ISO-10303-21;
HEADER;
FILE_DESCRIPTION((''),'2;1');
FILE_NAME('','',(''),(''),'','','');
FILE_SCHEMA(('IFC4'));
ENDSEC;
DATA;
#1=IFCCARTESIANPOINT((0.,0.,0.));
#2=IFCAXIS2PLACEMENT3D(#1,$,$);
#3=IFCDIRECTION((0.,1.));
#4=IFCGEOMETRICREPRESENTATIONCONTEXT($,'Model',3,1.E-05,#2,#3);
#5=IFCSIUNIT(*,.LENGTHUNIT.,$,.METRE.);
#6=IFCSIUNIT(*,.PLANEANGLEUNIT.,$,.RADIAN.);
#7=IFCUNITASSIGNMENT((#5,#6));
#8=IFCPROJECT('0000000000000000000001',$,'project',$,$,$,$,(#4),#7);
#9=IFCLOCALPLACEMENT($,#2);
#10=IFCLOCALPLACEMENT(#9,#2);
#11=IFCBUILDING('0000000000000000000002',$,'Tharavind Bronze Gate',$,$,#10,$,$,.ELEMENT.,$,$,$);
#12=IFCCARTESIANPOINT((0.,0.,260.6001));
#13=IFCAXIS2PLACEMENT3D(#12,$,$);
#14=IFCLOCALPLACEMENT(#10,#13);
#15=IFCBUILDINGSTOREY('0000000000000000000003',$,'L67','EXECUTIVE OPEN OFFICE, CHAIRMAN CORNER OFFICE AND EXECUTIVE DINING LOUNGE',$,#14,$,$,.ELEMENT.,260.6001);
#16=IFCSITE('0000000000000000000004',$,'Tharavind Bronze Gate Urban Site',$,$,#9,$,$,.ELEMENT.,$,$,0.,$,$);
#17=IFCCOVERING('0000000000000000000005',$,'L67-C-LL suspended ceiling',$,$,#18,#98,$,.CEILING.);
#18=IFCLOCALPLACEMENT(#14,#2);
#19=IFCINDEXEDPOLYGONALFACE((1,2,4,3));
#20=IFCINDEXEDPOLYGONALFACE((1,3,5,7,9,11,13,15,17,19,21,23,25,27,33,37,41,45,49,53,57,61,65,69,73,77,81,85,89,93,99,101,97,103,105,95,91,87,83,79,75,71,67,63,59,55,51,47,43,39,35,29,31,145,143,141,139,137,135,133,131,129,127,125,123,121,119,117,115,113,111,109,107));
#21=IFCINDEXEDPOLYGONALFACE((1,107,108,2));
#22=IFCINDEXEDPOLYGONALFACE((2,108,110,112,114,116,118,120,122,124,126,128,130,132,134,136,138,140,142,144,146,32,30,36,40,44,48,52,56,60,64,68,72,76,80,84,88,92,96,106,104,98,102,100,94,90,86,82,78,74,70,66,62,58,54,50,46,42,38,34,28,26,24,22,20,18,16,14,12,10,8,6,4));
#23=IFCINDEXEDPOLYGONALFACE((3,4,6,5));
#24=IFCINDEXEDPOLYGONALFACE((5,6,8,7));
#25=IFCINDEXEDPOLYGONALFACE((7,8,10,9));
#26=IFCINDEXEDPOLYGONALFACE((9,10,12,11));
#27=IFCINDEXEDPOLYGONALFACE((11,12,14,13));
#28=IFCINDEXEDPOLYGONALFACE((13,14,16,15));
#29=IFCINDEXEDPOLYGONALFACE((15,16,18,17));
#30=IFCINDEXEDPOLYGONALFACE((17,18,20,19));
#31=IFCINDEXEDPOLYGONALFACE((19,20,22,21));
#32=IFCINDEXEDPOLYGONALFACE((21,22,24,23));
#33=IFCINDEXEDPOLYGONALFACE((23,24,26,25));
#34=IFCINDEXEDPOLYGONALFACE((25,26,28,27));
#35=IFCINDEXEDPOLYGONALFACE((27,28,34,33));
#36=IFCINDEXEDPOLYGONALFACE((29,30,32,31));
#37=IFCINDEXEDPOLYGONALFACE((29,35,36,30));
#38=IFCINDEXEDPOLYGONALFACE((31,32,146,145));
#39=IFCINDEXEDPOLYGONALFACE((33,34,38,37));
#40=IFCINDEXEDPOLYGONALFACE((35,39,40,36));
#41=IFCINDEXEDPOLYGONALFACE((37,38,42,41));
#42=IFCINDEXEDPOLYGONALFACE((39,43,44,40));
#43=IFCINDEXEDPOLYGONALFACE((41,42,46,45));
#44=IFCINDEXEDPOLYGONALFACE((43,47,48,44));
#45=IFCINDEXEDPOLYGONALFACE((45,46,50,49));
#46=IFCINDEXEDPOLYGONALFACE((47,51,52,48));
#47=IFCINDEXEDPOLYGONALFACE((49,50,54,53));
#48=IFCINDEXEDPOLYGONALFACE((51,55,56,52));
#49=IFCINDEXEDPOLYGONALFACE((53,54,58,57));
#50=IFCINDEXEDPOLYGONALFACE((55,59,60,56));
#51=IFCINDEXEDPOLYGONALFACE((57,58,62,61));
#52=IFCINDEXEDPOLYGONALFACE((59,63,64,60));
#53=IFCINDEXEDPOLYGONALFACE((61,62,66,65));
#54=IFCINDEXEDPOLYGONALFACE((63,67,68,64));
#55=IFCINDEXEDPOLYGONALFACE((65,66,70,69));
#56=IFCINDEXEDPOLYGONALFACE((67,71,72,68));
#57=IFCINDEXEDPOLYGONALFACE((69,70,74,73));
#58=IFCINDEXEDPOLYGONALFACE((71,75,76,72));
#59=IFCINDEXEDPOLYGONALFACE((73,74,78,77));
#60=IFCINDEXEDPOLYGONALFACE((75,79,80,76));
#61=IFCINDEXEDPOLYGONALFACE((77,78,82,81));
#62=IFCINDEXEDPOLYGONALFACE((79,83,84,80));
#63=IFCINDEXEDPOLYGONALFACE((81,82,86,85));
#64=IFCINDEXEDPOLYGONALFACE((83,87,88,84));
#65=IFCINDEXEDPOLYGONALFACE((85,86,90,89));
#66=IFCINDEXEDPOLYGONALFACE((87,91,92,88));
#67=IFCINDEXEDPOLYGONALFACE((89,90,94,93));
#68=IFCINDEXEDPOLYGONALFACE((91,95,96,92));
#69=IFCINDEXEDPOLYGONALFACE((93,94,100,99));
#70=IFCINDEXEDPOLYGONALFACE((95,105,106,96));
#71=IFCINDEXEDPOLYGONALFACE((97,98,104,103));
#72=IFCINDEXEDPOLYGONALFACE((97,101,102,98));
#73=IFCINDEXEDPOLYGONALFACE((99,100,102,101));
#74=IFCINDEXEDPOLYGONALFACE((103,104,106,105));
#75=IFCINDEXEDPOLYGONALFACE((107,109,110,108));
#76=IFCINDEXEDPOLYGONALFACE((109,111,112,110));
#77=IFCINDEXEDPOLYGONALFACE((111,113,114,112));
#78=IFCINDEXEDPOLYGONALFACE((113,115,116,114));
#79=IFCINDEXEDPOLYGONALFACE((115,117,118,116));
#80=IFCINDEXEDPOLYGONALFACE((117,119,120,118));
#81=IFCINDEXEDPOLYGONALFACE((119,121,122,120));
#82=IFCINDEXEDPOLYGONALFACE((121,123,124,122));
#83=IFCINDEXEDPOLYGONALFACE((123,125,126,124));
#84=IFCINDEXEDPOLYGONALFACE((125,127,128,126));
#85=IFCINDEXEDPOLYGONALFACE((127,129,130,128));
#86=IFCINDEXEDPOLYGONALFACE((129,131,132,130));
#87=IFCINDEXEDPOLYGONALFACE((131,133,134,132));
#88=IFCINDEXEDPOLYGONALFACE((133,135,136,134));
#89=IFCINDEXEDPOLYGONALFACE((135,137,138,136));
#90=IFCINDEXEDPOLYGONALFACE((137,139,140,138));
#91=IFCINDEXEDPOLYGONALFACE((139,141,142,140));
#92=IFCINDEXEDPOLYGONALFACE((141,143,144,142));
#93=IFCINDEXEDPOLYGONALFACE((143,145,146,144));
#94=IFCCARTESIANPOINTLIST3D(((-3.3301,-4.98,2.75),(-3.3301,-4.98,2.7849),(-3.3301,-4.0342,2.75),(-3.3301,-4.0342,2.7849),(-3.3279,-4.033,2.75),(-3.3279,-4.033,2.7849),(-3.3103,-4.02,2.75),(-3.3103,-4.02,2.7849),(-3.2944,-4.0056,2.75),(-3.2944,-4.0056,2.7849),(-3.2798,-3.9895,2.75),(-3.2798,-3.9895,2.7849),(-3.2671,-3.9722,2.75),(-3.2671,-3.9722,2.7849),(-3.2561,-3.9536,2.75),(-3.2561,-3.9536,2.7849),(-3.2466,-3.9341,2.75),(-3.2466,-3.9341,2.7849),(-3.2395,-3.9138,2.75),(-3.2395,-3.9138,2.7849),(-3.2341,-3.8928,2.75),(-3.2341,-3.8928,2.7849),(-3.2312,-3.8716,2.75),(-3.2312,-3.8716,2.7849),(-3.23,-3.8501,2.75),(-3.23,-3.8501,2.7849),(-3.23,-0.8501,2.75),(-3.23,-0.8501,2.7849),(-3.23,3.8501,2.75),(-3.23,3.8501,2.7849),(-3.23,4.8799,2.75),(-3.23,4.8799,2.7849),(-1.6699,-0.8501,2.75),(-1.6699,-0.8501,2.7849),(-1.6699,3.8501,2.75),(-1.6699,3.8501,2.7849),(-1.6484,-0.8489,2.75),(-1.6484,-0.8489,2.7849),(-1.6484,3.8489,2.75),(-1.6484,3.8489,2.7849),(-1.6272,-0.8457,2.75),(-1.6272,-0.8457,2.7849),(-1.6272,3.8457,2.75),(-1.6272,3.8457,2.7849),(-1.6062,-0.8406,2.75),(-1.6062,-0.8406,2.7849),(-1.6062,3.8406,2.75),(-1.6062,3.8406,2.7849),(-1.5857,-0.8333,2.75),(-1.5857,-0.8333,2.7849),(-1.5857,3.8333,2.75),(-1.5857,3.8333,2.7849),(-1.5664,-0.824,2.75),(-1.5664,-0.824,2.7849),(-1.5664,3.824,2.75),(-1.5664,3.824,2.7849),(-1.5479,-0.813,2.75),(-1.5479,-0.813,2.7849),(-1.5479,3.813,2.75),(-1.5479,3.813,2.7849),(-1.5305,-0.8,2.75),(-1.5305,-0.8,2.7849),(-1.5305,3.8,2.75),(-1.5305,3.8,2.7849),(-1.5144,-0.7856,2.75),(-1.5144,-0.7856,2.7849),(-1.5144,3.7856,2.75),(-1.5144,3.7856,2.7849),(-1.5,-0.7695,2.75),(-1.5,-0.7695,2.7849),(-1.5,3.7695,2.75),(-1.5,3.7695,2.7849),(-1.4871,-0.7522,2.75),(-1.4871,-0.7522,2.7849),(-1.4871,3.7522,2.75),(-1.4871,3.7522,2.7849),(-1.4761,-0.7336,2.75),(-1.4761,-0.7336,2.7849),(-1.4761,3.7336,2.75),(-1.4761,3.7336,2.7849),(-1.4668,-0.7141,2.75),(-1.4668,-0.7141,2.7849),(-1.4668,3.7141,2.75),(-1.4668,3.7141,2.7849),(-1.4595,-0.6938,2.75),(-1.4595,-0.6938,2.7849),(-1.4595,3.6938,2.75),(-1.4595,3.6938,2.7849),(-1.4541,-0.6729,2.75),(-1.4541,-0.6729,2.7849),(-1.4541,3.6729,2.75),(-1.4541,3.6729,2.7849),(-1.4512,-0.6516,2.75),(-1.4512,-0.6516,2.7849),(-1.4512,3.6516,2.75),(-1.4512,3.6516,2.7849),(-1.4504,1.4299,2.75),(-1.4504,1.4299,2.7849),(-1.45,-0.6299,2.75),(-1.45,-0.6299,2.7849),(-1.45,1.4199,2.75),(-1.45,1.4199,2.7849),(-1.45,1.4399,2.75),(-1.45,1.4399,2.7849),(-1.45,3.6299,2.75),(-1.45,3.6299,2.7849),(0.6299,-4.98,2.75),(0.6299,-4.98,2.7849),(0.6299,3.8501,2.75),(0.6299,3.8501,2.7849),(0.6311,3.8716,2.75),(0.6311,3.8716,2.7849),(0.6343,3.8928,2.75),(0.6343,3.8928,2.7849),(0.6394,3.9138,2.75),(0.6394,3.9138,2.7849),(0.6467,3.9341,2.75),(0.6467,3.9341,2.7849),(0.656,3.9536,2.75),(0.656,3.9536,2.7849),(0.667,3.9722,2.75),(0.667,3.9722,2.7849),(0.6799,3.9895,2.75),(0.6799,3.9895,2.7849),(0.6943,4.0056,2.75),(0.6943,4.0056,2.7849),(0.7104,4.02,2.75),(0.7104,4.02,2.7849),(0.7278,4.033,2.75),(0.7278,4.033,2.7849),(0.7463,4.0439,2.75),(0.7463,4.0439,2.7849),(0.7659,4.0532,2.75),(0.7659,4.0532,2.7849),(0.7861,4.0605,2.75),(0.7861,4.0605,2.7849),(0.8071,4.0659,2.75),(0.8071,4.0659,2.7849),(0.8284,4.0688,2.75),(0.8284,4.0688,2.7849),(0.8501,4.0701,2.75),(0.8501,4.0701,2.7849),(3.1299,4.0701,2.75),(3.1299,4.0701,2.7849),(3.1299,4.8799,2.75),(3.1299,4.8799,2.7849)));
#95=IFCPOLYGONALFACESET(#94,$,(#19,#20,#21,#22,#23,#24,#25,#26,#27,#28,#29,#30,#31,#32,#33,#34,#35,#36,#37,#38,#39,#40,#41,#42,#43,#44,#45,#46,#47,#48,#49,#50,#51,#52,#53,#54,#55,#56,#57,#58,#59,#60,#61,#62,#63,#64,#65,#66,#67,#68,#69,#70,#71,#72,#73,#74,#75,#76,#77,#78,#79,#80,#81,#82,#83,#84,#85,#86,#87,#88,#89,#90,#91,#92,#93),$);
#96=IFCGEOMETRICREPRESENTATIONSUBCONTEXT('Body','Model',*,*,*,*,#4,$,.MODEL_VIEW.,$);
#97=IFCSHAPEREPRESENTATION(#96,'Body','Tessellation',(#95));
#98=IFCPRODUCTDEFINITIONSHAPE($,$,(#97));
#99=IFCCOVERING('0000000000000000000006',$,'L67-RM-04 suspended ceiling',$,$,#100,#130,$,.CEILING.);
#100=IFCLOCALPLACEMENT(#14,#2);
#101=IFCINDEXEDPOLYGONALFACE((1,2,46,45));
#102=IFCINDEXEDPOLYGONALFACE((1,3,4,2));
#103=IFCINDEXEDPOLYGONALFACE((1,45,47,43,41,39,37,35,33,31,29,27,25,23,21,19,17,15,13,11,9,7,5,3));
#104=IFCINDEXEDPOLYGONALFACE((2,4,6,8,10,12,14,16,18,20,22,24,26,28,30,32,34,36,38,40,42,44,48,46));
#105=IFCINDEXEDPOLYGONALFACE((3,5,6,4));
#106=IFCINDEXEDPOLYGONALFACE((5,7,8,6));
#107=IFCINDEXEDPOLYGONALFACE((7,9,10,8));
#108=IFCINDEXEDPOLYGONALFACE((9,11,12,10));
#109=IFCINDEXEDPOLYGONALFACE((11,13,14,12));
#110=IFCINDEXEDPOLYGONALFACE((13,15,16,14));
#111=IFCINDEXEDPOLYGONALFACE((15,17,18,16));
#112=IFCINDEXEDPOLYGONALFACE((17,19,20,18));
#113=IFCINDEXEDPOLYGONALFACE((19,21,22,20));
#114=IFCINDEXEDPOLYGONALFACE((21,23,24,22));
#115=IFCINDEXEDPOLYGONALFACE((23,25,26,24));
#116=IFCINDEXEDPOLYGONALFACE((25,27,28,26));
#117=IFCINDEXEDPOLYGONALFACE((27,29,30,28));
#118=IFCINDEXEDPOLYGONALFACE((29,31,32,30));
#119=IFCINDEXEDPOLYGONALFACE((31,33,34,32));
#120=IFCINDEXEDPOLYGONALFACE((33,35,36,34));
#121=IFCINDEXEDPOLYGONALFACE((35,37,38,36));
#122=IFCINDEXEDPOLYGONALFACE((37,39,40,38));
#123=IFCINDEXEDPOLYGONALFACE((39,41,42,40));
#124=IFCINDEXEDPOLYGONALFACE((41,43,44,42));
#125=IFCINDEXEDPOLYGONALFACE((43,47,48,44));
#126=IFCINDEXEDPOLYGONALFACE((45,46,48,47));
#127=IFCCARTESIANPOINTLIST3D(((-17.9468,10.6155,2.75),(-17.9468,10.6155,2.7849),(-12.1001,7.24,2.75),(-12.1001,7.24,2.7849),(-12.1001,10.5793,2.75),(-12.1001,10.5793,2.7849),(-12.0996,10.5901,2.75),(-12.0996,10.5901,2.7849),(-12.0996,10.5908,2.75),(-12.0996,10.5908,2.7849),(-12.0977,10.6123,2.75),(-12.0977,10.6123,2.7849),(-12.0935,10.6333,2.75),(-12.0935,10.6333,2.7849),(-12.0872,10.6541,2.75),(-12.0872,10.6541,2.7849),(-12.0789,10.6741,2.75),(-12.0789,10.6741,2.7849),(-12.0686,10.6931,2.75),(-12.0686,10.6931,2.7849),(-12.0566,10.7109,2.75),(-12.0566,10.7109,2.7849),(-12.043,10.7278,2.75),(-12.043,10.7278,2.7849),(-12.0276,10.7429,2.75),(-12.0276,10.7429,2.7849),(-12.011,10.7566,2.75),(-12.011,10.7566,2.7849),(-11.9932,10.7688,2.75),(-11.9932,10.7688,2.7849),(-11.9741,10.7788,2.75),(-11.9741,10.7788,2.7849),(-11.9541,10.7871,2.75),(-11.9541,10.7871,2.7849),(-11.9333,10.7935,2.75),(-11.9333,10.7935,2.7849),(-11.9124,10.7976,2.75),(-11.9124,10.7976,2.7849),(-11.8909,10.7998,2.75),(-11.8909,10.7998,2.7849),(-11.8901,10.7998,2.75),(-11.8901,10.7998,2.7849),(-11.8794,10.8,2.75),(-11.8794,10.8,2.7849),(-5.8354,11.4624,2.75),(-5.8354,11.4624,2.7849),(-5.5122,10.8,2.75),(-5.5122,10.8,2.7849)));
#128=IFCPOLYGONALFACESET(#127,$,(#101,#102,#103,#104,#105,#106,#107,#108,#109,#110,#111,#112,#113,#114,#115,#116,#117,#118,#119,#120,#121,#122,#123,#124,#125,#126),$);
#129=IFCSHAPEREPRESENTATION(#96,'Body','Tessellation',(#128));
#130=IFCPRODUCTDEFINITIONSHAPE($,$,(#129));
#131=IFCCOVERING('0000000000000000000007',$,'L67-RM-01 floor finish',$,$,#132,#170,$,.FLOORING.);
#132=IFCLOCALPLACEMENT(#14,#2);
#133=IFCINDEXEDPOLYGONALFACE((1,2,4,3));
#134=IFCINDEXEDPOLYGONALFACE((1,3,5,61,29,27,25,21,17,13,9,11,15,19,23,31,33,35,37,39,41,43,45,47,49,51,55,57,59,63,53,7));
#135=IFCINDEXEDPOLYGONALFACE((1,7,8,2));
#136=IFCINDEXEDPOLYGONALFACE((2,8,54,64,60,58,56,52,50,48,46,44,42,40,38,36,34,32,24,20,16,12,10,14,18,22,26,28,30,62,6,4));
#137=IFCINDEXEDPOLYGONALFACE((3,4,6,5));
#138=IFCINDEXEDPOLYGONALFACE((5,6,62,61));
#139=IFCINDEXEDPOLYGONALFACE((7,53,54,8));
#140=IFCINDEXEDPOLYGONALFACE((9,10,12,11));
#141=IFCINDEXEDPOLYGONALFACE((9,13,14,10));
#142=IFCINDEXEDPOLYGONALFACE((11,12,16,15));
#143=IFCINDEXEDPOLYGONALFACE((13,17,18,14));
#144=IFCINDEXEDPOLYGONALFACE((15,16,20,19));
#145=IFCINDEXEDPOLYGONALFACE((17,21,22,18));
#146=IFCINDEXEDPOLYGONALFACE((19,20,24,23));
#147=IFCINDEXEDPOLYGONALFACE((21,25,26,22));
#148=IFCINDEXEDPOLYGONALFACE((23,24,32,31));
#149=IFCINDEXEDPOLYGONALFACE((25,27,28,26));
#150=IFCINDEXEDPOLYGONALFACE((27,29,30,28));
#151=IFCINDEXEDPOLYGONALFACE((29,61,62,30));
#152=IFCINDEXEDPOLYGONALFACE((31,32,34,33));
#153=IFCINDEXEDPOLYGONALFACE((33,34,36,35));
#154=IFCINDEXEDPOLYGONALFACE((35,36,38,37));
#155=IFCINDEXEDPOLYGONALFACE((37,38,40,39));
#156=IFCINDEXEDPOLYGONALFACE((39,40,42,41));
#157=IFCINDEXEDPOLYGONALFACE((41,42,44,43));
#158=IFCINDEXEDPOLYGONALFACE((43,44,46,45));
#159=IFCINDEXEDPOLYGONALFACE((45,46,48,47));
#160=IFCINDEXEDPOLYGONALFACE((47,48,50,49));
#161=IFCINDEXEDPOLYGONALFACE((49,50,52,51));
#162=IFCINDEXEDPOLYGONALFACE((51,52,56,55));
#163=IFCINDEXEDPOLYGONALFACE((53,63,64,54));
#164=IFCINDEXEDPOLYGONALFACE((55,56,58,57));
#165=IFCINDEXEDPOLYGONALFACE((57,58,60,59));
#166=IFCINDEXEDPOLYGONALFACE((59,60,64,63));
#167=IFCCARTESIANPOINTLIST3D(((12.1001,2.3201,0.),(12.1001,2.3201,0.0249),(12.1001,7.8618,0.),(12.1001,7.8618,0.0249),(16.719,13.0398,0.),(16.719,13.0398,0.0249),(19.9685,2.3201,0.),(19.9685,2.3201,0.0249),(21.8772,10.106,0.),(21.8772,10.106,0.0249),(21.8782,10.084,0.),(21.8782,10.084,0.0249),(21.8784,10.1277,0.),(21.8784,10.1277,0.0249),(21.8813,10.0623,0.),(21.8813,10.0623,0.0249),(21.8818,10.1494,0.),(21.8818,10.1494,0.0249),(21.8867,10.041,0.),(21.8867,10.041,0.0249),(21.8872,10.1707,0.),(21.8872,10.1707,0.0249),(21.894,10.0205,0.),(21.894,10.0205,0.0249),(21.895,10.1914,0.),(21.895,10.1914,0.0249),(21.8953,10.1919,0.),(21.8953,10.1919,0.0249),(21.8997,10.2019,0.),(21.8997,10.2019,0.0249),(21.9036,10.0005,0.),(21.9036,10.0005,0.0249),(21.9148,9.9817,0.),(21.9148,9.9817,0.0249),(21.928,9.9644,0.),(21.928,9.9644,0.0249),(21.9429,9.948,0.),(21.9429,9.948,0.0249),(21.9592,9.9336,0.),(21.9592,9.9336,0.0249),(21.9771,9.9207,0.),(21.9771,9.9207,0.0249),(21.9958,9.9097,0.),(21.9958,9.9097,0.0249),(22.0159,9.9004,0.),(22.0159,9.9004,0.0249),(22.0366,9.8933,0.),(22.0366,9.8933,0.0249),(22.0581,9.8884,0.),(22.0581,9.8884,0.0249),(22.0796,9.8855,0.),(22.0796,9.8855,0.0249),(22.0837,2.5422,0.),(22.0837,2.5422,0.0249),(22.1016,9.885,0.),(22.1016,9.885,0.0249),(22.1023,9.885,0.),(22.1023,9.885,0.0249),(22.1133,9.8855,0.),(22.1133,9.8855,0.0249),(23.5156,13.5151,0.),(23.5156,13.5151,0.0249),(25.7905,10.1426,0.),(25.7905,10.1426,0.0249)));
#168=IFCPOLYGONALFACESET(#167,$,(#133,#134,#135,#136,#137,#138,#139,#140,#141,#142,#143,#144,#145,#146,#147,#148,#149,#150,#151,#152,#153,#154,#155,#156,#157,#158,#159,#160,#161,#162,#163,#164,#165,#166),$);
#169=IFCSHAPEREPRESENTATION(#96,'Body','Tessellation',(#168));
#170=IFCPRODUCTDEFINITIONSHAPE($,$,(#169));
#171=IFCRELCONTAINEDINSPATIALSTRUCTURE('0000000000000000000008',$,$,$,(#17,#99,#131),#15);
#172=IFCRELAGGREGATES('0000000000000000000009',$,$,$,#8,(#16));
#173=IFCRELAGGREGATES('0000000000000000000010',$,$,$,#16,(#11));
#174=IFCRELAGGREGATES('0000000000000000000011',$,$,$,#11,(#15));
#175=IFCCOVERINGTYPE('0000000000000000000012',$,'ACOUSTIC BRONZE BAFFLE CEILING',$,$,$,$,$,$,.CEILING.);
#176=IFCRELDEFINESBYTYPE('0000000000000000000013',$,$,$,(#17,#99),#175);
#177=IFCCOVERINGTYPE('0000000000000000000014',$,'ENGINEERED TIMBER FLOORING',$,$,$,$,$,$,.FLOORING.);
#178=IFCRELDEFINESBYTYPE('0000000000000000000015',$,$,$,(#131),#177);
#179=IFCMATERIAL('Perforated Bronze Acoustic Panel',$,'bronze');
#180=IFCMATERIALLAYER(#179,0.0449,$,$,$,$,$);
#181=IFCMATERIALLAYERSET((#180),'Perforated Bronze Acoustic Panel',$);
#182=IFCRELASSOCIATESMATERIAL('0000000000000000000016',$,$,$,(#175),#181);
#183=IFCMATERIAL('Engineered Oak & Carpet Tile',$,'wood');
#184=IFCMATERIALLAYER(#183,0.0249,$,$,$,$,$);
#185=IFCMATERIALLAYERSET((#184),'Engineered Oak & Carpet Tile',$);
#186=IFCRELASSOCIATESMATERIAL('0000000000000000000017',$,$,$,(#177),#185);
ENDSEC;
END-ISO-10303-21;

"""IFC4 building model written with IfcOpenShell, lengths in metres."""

from ifc_helpers import new_model, si_unit, direction, frame, origin, place, context, subcontext, project, spatial, polyline, outline, extrude, material, layer, layer_set, type_object, element, save


model = new_model("IFC4")

# Units and contexts
model_context = context("Model", 3, precision=1e-05, world=origin(), true_north=direction((0.0, 1.0)))
body_context = subcontext(model_context, "Body", "Model", "MODEL_VIEW")
ifc_project = project(units=[si_unit("LENGTHUNIT", "METRE"), si_unit("PLANEANGLEUNIT", "RADIAN")], contexts=[model_context])

# Site, building, storey
site_placement = place(None, origin())
site = spatial("IfcSite", under=ifc_project, at=site_placement, Name="Tharavind Bronze Gate Urban Site", CompositionType="ELEMENT", RefElevation=0.0)
building_placement = place(site_placement, origin())
building = spatial("IfcBuilding", under=site, at=building_placement, Name="Tharavind Bronze Gate", CompositionType="ELEMENT")
storey_placement = place(building_placement, frame((0.0, 0.0, 260.6001)))
storey = spatial("IfcBuildingStorey", under=building, at=storey_placement, Name="L67", Description="EXECUTIVE OPEN OFFICE, CHAIRMAN CORNER OFFICE AND EXECUTIVE DINING LOUNGE", CompositionType="ELEMENT", Elevation=260.6001)

# Coverings
ifc_material_1 = material(Name="Perforated Bronze Acoustic Panel", Category="bronze")
ifc_layer_1 = layer(ifc_material_1, 0.0449)
ifc_layer_set_1 = layer_set([ifc_layer_1], Name="Perforated Bronze Acoustic Panel")
covering_type_1 = type_object("IfcCoveringType", Name="ACOUSTIC BRONZE BAFFLE CEILING", PredefinedType="CEILING", material=ifc_layer_set_1)
covering_1_placement = place(storey_placement, frame((0.0, 0.0, 2.75)))
element("IfcCovering", 1, at=covering_1_placement, inside=storey, type_object=covering_type_1, Name="L67-C-LL suspended ceiling", PredefinedType="CEILING", context=body_context, shape_type="SweptSolid", body=[
    extrude(outline(polyline([(-3.3301, -4.98), (0.6299, -4.98), (0.6299, 3.8501), (0.6311, 3.8716), (0.6343, 3.8928), (0.6394, 3.9138), (0.6467, 3.9341), (0.656, 3.9536), (0.667, 3.9722), (0.6799, 3.9895), (0.6943, 4.0056), (0.7104, 4.02), (0.7278, 4.033), (0.7463, 4.0439), (0.7659, 4.0532), (0.7861, 4.0605), (0.8071, 4.0659), (0.8284, 4.0688), (0.8501, 4.0701), (3.1299, 4.0701), (3.1299, 4.8799), (-3.23, 4.8799), (-3.23, 3.8501), (-1.6699, 3.8501), (-1.6484, 3.8489), (-1.6272, 3.8457), (-1.6062, 3.8406), (-1.5857, 3.8333), (-1.5664, 3.824), (-1.5479, 3.813), (-1.5305, 3.8), (-1.5144, 3.7856), (-1.5, 3.7695), (-1.4871, 3.7522), (-1.4761, 3.7336), (-1.4668, 3.7141), (-1.4595, 3.6938), (-1.4541, 3.6729), (-1.4512, 3.6516), (-1.45, 3.6299), (-1.45, 1.4399), (-1.4504, 1.4299), (-1.45, 1.4199), (-1.45, -0.6299), (-1.4512, -0.6516), (-1.4541, -0.6729), (-1.4595, -0.6938), (-1.4668, -0.7141), (-1.4761, -0.7336), (-1.4871, -0.7522), (-1.5, -0.7695), (-1.5144, -0.7856), (-1.5305, -0.8), (-1.5479, -0.813), (-1.5664, -0.824), (-1.5857, -0.8333), (-1.6062, -0.8406), (-1.6272, -0.8457), (-1.6484, -0.8489), (-1.6699, -0.8501), (-3.23, -0.8501), (-3.23, -3.8501), (-3.2312, -3.8716), (-3.2341, -3.8928), (-3.2395, -3.9138), (-3.2466, -3.9341), (-3.2561, -3.9536), (-3.2671, -3.9722), (-3.2798, -3.9895), (-3.2944, -4.0056), (-3.3103, -4.02), (-3.3279, -4.033), (-3.3301, -4.0342), (-3.3301, -4.98)])), origin(), (0.0, 0.0, 1.0), 0.0349),
])
covering_2_placement = place(storey_placement, frame((0.0, 0.0, 2.75)))
element("IfcCovering", 2, at=covering_2_placement, inside=storey, type_object=covering_type_1, Name="L67-RM-04 suspended ceiling", PredefinedType="CEILING", context=body_context, shape_type="SweptSolid", body=[
    extrude(outline(polyline([(-12.1001, 7.24), (-12.1001, 10.5793), (-12.0996, 10.5901), (-12.0996, 10.5908), (-12.0977, 10.6123), (-12.0935, 10.6333), (-12.0872, 10.6541), (-12.0789, 10.6741), (-12.0686, 10.6931), (-12.0566, 10.7109), (-12.043, 10.7278), (-12.0276, 10.7429), (-12.011, 10.7566), (-11.9932, 10.7688), (-11.9741, 10.7788), (-11.9541, 10.7871), (-11.9333, 10.7935), (-11.9124, 10.7976), (-11.8909, 10.7998), (-11.8901, 10.7998), (-11.8794, 10.8), (-5.5122, 10.8), (-5.8354, 11.4624), (-17.9468, 10.6155), (-12.1001, 7.24)])), origin(), (0.0, 0.0, 1.0), 0.0349),
])
ifc_material_2 = material(Name="Engineered Oak & Carpet Tile", Category="wood")
ifc_layer_2 = layer(ifc_material_2, 0.0249)
ifc_layer_set_2 = layer_set([ifc_layer_2], Name="Engineered Oak & Carpet Tile")
covering_type_2 = type_object("IfcCoveringType", Name="ENGINEERED TIMBER FLOORING", PredefinedType="FLOORING", material=ifc_layer_set_2)
covering_3_placement = place(storey_placement, origin())
element("IfcCovering", 3, at=covering_3_placement, inside=storey, type_object=covering_type_2, Name="L67-RM-01 floor finish", PredefinedType="FLOORING", context=body_context, shape_type="SweptSolid", body=[
    extrude(outline(polyline([(19.9685, 2.3201), (22.0837, 2.5422), (25.7905, 10.1426), (22.1133, 9.8855), (22.1023, 9.885), (22.1016, 9.885), (22.0796, 9.8855), (22.0581, 9.8884), (22.0366, 9.8933), (22.0159, 9.9004), (21.9958, 9.9097), (21.9771, 9.9207), (21.9592, 9.9336), (21.9429, 9.948), (21.928, 9.9644), (21.9148, 9.9817), (21.9036, 10.0005), (21.894, 10.0205), (21.8867, 10.041), (21.8813, 10.0623), (21.8782, 10.084), (21.8772, 10.106), (21.8784, 10.1277), (21.8818, 10.1494), (21.8872, 10.1707), (21.895, 10.1914), (21.8953, 10.1919), (21.8997, 10.2019), (23.5156, 13.5151), (16.719, 13.0398), (12.1001, 7.8618), (12.1001, 2.3201), (19.9685, 2.3201)])), origin(), (0.0, 0.0, 1.0), 0.0249),
])

save(model, "model.ifc")
